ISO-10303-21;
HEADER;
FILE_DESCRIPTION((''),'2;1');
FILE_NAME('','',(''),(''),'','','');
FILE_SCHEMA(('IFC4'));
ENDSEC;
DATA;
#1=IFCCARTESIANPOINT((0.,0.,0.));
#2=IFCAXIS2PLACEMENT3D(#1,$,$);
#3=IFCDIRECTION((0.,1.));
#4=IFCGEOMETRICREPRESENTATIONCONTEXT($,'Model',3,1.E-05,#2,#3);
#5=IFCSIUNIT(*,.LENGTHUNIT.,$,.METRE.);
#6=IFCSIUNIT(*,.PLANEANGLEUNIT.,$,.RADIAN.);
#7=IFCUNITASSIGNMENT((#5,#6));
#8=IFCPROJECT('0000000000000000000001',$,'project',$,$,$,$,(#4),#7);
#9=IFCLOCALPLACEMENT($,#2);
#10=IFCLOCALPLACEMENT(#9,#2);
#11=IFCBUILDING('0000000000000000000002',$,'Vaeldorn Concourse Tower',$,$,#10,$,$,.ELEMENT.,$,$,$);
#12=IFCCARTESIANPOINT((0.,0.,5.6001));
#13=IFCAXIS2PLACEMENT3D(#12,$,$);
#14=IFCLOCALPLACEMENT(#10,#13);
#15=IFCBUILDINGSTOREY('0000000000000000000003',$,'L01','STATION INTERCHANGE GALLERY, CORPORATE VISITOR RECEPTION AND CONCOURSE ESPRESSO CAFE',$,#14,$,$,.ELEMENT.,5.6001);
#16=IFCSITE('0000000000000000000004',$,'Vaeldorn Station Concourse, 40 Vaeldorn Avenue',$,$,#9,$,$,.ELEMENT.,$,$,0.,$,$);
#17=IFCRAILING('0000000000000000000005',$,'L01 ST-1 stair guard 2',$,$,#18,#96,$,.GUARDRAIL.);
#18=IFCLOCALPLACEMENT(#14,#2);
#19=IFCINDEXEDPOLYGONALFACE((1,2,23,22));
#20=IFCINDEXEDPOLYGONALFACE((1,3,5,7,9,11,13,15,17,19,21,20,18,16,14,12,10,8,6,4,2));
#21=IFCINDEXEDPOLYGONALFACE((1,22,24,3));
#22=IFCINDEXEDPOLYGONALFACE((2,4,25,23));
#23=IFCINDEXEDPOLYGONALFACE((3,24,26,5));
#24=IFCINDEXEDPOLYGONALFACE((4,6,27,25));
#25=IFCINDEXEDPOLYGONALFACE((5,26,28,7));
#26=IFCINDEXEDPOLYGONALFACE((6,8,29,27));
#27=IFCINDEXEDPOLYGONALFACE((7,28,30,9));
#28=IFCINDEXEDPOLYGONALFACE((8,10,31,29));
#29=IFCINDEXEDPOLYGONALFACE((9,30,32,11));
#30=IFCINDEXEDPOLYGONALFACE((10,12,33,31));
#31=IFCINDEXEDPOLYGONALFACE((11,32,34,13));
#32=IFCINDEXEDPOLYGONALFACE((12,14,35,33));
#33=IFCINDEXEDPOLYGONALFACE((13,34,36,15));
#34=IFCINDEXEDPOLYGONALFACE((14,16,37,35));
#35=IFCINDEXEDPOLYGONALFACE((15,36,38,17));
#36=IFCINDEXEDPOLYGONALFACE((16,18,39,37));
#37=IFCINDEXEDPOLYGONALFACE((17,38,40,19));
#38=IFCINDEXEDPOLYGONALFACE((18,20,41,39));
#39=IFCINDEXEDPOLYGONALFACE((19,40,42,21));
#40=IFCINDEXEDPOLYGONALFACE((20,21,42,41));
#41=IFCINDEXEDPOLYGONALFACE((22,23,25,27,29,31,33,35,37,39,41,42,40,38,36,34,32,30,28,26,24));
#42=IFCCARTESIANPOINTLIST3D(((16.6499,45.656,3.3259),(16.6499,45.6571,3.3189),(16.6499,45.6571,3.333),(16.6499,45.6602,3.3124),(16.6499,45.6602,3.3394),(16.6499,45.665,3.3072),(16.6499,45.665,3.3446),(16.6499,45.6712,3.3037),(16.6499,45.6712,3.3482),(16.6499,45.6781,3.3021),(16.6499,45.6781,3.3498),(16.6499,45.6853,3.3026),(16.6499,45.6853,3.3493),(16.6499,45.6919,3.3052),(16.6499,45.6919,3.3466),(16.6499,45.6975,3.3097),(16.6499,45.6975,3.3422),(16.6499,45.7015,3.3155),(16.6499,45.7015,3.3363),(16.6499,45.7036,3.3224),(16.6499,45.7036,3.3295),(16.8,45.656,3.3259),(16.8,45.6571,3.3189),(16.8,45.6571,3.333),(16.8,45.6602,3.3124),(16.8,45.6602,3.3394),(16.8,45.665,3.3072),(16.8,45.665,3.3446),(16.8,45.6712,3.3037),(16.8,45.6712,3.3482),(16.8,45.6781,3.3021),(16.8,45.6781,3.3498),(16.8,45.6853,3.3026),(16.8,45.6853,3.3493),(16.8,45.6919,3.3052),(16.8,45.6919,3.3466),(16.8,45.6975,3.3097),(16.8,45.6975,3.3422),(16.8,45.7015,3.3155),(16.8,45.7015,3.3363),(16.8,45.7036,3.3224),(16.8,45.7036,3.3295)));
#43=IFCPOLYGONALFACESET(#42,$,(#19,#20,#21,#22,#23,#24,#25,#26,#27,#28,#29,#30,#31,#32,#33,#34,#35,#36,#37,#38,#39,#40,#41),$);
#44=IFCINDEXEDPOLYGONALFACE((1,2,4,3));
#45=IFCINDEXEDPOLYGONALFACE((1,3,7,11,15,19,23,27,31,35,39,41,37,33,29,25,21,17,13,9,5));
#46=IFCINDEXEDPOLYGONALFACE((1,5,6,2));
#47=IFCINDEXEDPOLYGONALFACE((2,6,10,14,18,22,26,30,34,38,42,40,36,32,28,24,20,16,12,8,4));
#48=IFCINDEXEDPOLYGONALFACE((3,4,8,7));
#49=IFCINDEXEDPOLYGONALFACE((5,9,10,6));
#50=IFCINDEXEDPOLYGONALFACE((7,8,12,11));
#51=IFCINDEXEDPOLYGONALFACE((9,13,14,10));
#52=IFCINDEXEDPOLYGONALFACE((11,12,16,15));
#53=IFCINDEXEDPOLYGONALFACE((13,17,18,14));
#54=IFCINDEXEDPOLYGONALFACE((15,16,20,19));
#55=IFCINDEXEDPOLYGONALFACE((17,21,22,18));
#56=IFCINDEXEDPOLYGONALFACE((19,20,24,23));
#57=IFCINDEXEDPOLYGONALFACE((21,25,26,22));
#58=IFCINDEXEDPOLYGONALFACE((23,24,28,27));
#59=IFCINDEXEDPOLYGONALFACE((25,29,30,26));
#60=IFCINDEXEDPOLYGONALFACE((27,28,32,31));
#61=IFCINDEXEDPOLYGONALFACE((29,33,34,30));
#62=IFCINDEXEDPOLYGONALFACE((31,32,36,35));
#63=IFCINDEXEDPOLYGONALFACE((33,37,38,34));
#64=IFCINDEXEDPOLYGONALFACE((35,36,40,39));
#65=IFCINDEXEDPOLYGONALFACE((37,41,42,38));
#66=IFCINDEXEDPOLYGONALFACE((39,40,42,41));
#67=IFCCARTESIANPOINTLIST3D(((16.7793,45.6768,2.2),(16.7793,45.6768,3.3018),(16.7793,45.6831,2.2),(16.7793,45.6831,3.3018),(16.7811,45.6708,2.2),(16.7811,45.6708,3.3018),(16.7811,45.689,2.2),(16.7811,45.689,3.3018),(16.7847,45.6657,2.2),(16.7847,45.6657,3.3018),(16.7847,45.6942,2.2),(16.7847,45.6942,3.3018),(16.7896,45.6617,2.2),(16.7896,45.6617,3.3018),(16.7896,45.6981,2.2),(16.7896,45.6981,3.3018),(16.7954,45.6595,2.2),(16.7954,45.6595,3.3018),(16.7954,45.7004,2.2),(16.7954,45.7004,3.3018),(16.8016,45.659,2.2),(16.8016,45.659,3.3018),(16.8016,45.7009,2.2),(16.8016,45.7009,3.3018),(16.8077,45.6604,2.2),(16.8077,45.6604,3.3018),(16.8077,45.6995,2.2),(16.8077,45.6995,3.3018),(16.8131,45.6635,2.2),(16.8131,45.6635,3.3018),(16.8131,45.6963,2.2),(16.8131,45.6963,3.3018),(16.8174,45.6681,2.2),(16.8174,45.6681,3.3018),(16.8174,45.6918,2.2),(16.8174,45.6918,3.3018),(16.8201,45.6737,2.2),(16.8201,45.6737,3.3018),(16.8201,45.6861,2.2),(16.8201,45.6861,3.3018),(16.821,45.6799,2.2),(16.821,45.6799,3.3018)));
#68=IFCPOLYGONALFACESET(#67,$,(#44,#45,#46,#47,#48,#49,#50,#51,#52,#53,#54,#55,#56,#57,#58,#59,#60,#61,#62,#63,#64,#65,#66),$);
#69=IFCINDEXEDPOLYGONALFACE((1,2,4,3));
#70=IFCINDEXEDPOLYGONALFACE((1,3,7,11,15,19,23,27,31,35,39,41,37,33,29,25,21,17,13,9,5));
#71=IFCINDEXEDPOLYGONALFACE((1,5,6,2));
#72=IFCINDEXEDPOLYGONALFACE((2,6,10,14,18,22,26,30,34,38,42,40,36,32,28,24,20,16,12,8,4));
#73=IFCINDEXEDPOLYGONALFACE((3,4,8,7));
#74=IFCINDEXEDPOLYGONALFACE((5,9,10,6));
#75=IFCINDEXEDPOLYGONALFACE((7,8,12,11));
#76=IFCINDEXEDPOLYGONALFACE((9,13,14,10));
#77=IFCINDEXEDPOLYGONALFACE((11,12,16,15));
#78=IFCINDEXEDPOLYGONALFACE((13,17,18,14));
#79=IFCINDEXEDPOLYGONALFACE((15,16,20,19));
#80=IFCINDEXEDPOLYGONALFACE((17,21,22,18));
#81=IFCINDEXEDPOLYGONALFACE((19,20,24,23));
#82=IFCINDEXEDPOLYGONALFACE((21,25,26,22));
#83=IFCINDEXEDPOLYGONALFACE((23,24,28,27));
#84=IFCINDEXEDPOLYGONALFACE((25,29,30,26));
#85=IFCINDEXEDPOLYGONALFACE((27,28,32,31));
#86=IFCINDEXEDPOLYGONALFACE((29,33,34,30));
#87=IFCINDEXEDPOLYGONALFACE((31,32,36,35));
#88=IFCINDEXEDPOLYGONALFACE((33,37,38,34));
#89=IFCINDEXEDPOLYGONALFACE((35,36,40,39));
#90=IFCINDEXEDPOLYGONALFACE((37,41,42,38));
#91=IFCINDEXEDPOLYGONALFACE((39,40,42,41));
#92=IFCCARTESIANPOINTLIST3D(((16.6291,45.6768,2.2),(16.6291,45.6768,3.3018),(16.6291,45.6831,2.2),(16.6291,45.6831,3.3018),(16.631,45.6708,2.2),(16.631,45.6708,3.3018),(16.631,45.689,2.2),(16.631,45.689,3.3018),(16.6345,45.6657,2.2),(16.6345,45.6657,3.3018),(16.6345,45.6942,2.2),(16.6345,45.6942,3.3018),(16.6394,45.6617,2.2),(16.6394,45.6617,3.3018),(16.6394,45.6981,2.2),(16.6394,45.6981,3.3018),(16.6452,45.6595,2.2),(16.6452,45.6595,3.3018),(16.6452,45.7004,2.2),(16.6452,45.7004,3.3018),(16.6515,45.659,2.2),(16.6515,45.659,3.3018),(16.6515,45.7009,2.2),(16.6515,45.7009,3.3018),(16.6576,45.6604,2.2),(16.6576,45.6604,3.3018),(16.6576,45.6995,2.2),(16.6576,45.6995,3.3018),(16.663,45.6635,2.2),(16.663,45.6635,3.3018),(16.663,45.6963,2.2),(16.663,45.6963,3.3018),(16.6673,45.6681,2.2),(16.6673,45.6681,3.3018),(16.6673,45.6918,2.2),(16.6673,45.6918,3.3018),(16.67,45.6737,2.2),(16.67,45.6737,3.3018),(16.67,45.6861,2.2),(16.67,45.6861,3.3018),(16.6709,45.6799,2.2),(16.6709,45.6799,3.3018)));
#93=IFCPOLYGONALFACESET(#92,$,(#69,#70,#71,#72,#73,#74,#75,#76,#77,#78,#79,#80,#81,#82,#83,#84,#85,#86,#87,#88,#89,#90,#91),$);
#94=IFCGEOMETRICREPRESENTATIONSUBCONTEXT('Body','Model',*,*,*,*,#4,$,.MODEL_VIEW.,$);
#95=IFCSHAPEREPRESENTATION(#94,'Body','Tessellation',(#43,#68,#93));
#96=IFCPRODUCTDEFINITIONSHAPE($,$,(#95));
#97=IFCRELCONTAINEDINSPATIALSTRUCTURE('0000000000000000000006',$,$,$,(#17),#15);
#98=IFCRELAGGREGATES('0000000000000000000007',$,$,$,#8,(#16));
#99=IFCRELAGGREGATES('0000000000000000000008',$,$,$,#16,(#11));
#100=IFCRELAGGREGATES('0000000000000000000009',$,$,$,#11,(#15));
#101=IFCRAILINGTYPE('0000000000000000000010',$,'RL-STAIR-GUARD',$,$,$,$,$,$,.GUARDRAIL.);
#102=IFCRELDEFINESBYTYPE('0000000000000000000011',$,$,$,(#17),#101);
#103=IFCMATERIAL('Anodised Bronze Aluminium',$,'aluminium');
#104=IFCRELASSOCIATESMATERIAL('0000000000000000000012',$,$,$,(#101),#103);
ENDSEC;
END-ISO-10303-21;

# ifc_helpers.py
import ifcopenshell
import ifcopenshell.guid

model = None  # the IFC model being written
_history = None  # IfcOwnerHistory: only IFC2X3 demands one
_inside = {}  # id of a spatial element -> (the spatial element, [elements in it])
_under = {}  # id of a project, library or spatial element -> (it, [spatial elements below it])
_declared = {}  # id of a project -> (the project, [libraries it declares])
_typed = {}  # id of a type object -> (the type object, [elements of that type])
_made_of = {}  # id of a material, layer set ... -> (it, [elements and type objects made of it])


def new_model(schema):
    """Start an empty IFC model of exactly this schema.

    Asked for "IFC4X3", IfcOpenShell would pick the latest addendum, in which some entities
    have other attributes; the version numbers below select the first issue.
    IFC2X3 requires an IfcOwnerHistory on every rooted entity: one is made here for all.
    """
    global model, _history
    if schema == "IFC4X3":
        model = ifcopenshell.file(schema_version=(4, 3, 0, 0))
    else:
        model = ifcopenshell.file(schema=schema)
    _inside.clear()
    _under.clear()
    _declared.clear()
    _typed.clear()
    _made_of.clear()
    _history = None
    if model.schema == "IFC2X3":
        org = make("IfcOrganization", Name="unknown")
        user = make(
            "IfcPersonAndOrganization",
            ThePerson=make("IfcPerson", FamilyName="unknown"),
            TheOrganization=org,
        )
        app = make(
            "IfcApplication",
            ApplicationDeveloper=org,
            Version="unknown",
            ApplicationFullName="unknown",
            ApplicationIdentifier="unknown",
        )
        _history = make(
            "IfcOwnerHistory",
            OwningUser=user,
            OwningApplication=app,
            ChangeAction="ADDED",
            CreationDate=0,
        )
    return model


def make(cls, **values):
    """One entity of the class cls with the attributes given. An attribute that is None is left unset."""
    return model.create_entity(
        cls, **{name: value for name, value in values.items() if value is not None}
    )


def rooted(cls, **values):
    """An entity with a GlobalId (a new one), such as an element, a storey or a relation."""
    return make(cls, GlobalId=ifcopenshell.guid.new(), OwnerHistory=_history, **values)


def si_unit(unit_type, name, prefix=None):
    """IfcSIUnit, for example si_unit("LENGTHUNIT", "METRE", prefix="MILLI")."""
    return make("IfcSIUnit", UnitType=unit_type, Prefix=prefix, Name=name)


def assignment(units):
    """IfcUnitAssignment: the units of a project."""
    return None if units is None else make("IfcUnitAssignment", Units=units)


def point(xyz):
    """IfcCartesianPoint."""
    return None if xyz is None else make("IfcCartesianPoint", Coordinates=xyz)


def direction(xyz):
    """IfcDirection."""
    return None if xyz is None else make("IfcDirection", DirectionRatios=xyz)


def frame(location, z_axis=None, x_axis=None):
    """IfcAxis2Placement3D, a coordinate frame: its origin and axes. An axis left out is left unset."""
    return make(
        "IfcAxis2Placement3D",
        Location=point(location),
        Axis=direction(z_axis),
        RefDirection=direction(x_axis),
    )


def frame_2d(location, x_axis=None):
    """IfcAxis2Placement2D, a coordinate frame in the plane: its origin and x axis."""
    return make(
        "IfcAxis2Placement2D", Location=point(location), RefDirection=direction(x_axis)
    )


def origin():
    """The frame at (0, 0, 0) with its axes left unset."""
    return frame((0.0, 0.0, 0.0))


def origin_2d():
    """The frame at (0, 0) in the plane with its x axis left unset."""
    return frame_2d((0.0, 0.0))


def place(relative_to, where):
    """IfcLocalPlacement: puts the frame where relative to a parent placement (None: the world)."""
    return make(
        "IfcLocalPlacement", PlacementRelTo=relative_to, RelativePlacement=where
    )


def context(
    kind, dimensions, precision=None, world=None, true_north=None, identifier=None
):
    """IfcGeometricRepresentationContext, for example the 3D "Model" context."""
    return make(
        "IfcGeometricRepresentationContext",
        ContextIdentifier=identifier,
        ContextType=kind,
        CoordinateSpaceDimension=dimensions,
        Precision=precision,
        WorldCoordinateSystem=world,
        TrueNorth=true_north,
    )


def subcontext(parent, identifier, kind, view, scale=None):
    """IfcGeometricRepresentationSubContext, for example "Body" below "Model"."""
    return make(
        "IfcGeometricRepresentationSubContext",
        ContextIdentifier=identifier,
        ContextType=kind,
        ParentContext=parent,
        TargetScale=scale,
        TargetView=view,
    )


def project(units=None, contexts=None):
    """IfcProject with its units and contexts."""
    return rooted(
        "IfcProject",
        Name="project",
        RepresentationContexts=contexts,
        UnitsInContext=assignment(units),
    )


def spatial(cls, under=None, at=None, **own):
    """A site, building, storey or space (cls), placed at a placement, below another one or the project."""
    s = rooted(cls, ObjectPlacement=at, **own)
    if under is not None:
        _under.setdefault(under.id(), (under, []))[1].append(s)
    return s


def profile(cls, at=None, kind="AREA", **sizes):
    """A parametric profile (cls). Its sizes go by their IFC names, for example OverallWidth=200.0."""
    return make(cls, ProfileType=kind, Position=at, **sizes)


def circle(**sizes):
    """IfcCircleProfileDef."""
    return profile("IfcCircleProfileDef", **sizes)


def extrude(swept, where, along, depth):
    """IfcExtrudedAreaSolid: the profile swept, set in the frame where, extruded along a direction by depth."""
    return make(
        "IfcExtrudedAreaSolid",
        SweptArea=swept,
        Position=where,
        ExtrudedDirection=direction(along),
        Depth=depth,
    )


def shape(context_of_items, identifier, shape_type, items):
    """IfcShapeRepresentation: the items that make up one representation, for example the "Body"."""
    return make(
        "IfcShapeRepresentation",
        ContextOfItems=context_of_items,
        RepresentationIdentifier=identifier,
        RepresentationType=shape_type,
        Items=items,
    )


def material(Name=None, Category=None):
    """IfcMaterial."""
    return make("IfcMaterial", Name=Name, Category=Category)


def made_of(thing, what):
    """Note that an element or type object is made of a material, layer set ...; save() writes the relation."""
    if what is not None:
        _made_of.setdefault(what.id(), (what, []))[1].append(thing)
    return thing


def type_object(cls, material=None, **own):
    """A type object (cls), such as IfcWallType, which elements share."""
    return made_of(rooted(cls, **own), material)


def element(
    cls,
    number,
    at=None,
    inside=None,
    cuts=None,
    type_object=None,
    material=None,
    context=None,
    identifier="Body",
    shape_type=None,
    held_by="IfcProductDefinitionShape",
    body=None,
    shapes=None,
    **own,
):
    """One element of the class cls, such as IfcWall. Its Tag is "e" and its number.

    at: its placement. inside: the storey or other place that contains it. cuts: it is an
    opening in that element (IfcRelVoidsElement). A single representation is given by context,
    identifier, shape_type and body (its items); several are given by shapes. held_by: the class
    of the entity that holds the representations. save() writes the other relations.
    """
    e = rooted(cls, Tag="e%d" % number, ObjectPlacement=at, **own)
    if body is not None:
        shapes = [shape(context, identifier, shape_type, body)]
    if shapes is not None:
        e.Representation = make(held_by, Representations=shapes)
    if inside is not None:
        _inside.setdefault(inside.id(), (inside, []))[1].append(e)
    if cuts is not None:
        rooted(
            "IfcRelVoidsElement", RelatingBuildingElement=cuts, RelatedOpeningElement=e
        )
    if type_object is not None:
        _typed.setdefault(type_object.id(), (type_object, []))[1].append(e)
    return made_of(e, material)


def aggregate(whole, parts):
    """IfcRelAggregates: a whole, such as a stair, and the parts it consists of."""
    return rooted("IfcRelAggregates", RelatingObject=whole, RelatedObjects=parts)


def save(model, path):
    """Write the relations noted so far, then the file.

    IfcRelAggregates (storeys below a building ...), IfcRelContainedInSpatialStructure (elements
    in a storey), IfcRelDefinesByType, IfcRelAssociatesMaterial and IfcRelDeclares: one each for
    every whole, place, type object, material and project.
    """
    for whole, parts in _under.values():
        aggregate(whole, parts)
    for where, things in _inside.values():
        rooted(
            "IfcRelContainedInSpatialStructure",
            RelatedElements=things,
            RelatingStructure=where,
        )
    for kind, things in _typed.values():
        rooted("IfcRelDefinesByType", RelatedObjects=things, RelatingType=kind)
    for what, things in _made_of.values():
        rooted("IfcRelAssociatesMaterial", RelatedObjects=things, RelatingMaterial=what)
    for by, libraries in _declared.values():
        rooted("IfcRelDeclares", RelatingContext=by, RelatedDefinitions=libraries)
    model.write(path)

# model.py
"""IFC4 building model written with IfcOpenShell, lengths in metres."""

from ifc_helpers import new_model, si_unit, direction, frame, origin, origin_2d, place, context, subcontext, project, spatial, circle, extrude, material, type_object, element, save


model = new_model("IFC4")

# Units and contexts
model_context = context("Model", 3, precision=1e-05, world=origin(), true_north=direction((0.0, 1.0)))
body_context = subcontext(model_context, "Body", "Model", "MODEL_VIEW")
ifc_project = project(units=[si_unit("LENGTHUNIT", "METRE"), si_unit("PLANEANGLEUNIT", "RADIAN")], contexts=[model_context])

# Site, building, storey
site_placement = place(None, origin())
site = spatial("IfcSite", under=ifc_project, at=site_placement, Name="Vaeldorn Station Concourse, 40 Vaeldorn Avenue", CompositionType="ELEMENT", RefElevation=0.0)
building_placement = place(site_placement, origin())
building = spatial("IfcBuilding", under=site, at=building_placement, Name="Vaeldorn Concourse Tower", CompositionType="ELEMENT")
storey_placement = place(building_placement, frame((0.0, 0.0, 5.6001)))
storey = spatial("IfcBuildingStorey", under=building, at=storey_placement, Name="L01", Description="STATION INTERCHANGE GALLERY, CORPORATE VISITOR RECEPTION AND CONCOURSE ESPRESSO CAFE", CompositionType="ELEMENT", Elevation=5.6001)

# Shared definitions
ifc_material_1 = material(Name="Anodised Bronze Aluminium", Category="aluminium")

# Railing
railing_type = type_object("IfcRailingType", Name="RL-STAIR-GUARD", PredefinedType="GUARDRAIL", material=ifc_material_1)
railing_1_placement = place(storey_placement, frame((16.8, 45.6799, 2.2)))
element("IfcRailing", 1, at=railing_1_placement, inside=storey, type_object=railing_type, Name="L01 ST-1 stair guard 2", PredefinedType="GUARDRAIL", context=body_context, shape_type="SweptSolid", body=[
    extrude(circle(Radius=0.0239, at=origin_2d()), frame((0.0, 0.0, 1.126), z_axis=(-1.0, 0.0, 0.0), x_axis=(0.0, -1.0, 0.0)), (0.0, 0.0, 1.0), 0.1501),
    extrude(circle(Radius=0.021, at=origin_2d()), origin(), (0.0, 0.0, 1.0), 1.1018),
    extrude(circle(Radius=0.021, at=origin_2d()), frame((-0.1501, 0.0, 0.0)), (0.0, 0.0, 1.0), 1.1018),
])

save(model, "model.ifc")
